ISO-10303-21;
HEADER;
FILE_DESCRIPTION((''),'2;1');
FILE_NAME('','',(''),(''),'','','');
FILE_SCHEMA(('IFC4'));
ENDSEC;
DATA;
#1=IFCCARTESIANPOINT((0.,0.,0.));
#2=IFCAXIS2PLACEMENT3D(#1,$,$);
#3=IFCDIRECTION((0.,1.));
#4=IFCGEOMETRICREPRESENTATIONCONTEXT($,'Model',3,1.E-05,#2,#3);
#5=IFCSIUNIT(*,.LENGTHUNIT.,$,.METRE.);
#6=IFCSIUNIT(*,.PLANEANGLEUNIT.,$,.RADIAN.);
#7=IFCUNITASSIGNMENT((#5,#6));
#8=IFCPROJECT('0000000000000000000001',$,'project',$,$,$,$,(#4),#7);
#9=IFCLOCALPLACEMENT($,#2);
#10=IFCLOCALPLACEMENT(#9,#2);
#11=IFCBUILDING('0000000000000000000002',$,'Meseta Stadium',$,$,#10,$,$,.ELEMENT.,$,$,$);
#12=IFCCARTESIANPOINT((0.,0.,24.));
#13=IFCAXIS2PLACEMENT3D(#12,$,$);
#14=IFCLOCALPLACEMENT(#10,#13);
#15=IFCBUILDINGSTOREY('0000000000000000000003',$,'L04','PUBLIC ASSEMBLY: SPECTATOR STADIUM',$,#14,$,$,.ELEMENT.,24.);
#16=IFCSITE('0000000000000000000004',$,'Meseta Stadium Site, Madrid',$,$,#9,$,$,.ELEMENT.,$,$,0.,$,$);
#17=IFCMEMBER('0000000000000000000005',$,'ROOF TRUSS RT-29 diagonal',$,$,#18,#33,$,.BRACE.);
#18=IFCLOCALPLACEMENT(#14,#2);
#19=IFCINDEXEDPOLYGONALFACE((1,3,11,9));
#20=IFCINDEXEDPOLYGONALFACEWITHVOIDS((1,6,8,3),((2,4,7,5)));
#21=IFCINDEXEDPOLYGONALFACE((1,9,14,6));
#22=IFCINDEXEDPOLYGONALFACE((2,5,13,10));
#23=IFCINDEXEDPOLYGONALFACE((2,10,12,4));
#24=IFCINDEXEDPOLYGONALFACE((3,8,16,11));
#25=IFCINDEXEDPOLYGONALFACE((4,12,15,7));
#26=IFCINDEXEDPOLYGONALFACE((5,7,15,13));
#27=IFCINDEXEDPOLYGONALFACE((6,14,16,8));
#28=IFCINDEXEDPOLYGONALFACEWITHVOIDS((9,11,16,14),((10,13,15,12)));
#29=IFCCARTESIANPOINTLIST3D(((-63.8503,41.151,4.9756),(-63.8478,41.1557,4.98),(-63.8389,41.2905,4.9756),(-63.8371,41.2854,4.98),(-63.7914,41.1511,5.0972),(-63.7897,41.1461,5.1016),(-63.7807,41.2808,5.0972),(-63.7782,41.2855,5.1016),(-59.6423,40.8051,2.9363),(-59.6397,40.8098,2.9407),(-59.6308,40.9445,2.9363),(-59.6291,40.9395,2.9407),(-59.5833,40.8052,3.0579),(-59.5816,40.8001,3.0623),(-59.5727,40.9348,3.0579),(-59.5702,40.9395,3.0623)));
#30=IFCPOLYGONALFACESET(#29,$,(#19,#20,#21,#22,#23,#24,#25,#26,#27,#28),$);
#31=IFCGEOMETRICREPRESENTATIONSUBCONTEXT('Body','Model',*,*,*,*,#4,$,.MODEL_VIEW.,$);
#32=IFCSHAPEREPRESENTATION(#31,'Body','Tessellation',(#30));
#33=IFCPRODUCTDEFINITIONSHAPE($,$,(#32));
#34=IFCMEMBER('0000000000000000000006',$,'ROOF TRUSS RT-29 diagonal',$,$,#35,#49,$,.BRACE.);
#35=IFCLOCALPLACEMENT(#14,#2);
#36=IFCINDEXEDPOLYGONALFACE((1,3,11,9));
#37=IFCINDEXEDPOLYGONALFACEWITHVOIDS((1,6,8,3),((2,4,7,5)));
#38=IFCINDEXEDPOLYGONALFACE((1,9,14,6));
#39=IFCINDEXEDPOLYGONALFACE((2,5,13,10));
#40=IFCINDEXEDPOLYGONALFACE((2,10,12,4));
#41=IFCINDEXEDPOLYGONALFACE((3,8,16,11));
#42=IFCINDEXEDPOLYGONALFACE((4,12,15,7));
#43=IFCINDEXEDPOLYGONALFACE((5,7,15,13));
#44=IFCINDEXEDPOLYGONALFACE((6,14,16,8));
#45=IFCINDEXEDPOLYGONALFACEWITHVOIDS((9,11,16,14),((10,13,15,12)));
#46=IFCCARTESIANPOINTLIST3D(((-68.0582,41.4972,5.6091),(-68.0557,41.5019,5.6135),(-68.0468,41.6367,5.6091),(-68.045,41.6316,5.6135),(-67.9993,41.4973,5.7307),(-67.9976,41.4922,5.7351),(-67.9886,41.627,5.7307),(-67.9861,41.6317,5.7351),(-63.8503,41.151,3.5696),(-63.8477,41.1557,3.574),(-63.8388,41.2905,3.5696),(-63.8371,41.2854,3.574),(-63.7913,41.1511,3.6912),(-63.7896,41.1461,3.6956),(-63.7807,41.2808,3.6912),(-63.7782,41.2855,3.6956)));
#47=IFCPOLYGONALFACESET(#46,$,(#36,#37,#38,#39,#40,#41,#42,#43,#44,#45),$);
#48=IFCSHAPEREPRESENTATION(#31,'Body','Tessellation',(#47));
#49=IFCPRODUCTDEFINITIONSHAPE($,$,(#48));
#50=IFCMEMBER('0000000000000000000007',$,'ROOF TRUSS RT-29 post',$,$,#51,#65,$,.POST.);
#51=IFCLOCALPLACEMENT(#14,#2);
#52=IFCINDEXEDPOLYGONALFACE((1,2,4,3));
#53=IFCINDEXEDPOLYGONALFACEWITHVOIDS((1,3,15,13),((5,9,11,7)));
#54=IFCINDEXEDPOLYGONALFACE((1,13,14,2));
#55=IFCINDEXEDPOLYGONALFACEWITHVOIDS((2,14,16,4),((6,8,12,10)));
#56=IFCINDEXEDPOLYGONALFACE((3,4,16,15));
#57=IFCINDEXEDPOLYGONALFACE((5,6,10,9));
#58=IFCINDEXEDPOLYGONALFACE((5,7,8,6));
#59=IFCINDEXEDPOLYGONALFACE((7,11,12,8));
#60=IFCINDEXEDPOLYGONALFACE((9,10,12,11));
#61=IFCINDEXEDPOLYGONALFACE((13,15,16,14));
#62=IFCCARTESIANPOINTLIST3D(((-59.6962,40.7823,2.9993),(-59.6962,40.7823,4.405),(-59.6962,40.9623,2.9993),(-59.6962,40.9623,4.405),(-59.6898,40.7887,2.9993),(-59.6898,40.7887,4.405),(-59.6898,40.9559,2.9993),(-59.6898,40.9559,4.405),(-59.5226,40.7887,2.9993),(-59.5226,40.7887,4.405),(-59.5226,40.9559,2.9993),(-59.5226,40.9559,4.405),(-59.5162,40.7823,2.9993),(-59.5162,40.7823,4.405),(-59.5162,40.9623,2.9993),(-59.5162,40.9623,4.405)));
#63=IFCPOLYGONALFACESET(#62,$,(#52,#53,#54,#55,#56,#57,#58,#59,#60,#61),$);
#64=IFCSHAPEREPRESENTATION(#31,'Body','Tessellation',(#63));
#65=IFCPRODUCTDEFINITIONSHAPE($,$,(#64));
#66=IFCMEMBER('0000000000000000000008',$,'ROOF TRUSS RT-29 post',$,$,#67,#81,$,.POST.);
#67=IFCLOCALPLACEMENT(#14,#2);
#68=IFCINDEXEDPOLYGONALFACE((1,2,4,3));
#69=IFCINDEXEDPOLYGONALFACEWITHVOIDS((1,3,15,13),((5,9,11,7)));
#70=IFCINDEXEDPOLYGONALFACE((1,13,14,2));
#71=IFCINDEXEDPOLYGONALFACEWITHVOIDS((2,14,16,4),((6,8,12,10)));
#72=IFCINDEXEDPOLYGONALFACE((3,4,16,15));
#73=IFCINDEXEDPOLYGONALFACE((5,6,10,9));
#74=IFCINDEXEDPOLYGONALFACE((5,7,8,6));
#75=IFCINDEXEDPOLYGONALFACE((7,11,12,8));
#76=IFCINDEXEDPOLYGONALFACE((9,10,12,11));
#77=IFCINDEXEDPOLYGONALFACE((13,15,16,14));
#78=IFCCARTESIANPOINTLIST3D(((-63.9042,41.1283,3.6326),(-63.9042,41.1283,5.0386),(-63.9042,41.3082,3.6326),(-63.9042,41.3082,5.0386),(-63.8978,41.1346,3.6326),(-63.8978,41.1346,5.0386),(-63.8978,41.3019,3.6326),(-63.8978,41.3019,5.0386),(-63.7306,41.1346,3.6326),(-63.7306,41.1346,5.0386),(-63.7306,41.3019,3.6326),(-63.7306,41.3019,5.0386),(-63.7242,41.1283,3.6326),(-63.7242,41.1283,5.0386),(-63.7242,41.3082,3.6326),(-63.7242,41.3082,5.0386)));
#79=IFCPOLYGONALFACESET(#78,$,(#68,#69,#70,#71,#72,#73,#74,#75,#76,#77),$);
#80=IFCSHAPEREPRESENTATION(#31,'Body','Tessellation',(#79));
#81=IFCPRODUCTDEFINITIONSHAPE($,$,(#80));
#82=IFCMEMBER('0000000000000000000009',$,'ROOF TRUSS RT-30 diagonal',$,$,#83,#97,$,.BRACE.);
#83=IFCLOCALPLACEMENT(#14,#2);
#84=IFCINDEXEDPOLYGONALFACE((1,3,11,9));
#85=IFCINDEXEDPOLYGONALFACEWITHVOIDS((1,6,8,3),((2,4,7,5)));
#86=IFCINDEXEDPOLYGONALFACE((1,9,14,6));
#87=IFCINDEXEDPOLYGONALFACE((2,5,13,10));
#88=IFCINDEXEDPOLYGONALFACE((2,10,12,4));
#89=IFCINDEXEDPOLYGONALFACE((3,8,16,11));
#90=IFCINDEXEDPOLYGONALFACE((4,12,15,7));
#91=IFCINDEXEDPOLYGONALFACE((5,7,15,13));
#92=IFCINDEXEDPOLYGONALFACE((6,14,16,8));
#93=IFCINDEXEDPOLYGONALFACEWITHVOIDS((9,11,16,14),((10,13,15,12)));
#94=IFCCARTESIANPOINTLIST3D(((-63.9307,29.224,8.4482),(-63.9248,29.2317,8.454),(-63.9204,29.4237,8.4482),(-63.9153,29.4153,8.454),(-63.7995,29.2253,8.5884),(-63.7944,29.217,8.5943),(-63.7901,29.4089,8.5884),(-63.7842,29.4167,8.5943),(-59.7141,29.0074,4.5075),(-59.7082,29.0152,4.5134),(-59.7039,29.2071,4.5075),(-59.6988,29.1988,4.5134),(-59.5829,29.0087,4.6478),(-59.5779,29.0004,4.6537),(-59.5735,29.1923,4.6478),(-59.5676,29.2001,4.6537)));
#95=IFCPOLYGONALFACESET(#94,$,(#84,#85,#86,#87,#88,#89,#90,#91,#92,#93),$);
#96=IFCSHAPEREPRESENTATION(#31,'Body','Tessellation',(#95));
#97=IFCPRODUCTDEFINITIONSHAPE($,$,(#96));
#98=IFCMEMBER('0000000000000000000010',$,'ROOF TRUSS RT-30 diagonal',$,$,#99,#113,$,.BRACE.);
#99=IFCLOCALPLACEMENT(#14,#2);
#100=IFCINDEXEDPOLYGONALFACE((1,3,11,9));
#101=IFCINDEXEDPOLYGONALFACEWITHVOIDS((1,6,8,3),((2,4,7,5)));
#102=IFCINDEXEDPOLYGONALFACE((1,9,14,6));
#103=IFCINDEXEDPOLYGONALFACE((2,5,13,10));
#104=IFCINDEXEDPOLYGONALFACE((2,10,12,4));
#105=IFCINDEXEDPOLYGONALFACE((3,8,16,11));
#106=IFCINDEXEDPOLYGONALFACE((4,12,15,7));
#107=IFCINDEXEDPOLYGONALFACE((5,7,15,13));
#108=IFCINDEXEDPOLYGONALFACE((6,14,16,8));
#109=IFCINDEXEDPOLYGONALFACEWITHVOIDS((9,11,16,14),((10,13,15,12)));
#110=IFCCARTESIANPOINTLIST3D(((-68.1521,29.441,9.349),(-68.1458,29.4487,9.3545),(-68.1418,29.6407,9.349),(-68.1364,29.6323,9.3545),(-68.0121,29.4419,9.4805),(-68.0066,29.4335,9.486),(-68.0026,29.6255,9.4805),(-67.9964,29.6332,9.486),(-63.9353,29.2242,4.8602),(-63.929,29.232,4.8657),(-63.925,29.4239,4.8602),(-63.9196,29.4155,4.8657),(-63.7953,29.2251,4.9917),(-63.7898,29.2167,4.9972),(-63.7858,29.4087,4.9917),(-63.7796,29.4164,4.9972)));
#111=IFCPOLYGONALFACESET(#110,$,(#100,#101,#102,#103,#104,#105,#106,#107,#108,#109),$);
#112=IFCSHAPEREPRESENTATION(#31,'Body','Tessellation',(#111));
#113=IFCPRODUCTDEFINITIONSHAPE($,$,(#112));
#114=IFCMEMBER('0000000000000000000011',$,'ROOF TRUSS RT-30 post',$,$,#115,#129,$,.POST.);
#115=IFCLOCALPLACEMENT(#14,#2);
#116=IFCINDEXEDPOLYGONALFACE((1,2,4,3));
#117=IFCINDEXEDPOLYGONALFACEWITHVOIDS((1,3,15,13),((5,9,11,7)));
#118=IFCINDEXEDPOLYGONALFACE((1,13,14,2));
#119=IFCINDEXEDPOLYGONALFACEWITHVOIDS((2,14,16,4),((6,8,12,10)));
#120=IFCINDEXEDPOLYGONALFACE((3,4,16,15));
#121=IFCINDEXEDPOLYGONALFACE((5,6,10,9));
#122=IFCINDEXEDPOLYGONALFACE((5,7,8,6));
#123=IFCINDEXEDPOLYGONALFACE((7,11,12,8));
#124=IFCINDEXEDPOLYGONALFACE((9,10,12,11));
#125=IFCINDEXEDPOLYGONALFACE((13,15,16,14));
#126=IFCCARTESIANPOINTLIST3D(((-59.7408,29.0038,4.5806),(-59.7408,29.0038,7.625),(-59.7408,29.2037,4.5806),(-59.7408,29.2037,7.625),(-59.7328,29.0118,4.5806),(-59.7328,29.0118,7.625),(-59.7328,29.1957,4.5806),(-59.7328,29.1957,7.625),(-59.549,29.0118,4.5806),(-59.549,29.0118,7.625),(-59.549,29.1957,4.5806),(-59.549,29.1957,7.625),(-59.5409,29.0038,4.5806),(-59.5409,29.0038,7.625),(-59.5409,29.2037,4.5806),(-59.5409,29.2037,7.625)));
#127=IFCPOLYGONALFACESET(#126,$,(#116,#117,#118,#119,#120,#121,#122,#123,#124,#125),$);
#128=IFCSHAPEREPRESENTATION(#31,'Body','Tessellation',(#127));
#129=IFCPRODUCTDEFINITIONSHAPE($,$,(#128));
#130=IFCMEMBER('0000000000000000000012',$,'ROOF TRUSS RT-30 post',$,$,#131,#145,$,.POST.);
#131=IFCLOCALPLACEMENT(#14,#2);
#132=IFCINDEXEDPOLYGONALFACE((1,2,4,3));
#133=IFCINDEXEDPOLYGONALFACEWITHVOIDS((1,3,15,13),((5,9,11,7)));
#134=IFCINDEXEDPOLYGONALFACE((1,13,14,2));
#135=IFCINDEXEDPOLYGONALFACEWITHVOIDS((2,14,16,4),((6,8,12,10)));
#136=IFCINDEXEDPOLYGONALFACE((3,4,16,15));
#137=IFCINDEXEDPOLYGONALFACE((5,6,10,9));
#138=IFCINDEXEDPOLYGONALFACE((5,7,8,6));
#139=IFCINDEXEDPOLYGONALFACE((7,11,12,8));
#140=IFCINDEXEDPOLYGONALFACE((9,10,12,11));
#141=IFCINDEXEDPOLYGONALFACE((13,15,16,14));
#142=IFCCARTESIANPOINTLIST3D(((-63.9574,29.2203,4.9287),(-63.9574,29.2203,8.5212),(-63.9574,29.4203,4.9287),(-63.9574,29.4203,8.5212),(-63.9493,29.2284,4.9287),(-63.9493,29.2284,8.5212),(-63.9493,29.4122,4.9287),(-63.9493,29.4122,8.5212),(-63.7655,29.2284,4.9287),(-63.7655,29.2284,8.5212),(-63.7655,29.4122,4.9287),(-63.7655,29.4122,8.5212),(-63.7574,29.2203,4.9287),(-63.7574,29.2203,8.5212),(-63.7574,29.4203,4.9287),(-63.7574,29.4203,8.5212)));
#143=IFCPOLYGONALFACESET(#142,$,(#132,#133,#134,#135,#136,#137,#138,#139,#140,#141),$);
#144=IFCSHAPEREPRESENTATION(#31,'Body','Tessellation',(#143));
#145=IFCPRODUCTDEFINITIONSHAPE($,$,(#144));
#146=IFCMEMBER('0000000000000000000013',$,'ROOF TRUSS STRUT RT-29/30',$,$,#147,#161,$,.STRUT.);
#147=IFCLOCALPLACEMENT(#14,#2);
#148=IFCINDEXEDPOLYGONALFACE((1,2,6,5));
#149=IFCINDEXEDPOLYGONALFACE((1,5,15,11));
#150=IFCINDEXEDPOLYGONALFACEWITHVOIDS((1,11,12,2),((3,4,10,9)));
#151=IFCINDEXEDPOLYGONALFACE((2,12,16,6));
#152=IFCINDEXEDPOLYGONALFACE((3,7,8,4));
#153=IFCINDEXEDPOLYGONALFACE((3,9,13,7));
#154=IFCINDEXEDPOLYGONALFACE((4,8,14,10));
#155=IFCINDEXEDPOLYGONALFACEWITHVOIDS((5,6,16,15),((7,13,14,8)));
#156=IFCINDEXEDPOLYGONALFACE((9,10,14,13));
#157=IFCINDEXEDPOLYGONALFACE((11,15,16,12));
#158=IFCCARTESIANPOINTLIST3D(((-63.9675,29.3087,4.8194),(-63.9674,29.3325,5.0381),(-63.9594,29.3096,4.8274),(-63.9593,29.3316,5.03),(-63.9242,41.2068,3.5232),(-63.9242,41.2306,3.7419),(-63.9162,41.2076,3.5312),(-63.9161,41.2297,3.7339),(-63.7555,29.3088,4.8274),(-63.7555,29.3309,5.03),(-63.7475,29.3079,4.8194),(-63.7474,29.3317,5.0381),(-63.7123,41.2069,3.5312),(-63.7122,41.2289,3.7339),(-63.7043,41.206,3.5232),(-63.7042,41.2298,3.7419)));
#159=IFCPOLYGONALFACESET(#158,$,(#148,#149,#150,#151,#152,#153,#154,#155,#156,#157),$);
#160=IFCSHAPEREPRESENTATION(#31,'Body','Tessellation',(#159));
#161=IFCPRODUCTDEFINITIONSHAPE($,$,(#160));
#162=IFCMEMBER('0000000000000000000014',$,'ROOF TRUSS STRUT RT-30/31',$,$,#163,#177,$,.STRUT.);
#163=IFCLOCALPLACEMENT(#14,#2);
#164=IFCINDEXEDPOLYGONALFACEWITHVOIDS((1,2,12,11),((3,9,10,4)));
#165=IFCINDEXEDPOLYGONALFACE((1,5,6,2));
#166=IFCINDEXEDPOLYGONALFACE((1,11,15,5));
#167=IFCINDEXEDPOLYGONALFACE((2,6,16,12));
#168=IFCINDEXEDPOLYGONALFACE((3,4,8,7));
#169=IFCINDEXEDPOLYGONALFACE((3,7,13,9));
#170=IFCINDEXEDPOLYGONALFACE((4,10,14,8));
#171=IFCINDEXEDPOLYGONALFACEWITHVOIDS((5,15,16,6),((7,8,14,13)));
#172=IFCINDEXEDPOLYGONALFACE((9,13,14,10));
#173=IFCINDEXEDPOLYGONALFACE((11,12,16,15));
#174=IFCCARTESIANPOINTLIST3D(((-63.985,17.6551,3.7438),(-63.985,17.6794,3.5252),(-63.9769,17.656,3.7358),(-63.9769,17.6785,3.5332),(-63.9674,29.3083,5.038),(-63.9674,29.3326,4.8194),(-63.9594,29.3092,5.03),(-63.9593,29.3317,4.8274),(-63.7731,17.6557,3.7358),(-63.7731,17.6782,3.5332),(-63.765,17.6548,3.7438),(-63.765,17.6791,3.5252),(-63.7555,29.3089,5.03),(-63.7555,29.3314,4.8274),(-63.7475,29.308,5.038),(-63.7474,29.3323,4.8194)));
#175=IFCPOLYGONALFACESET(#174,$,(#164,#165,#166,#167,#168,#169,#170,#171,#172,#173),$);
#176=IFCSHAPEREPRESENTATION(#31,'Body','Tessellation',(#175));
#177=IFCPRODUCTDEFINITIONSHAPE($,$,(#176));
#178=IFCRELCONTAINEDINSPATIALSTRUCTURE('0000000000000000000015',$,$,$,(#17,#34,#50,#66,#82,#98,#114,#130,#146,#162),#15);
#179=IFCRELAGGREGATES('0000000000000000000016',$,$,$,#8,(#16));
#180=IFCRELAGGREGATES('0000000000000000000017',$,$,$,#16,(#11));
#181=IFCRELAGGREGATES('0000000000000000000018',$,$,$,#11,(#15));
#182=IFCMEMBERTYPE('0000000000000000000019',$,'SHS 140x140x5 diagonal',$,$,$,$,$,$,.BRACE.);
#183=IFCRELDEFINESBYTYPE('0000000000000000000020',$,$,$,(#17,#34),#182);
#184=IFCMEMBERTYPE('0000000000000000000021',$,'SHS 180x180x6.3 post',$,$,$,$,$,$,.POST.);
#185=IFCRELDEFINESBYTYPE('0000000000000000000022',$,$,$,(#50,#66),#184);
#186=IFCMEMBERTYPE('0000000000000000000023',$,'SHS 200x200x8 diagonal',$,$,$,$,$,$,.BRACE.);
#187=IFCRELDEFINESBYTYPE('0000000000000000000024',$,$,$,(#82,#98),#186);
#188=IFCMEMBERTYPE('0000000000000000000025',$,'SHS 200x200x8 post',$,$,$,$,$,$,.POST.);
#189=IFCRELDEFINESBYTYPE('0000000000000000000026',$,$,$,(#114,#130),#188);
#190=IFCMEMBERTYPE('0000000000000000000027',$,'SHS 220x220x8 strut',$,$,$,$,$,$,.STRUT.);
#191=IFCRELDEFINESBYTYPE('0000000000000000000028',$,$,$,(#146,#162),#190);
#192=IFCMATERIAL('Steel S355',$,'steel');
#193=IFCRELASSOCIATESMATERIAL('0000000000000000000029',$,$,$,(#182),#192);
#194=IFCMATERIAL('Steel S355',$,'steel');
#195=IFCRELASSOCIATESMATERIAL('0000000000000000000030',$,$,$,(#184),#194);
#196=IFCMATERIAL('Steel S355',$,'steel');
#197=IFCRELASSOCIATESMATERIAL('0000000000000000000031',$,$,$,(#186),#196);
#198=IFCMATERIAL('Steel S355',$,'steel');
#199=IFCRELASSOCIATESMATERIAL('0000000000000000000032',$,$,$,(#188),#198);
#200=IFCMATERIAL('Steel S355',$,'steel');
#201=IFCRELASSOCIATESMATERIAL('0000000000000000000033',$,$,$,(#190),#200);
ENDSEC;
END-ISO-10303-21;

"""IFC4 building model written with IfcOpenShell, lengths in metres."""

from ifc_helpers import new_model, si_unit, direction, frame, origin, origin_2d, place, context, subcontext, project, spatial, hollow_rectangle, extrude, material, material_profile, profile_set, type_object, element, save


model = new_model("IFC4")

# Units and contexts
model_context = context("Model", 3, precision=1e-05, world=origin(), true_north=direction((0.0, 1.0)))
body_context = subcontext(model_context, "Body", "Model", "MODEL_VIEW")
ifc_project = project(units=[si_unit("LENGTHUNIT", "METRE"), si_unit("PLANEANGLEUNIT", "RADIAN")], contexts=[model_context])

# Site, building, storey
site_placement = place(None, origin())
site = spatial("IfcSite", under=ifc_project, at=site_placement, Name="Meseta Stadium Site, Madrid", CompositionType="ELEMENT", RefElevation=0.0)
building_placement = place(site_placement, origin())
building = spatial("IfcBuilding", under=site, at=building_placement, Name="Meseta Stadium", CompositionType="ELEMENT")
storey_placement = place(building_placement, frame((0.0, 0.0, 24.0)))
storey = spatial("IfcBuildingStorey", under=building, at=storey_placement, Name="L04", Description="PUBLIC ASSEMBLY: SPECTATOR STADIUM", CompositionType="ELEMENT", Elevation=24.0)

# Members
ifc_material_1 = material(Name="Steel S355", Category="steel")
ifc_material_profile_1 = material_profile(ifc_material_1, hollow_rectangle(XDim=0.1399, YDim=0.1399, WallThickness=0.0049, at=origin_2d()), Name="SHS 140x140x5")
ifc_profile_set_1 = profile_set([ifc_material_profile_1], Name="Steel S355")
member_type_1 = type_object("IfcMemberType", Name="SHS 140x140x5 diagonal", PredefinedType="BRACE", material=ifc_profile_set_1)
for number, where, z_axis, x_axis, name in (
    (1, (-59.6062, 40.8723, 2.9993), (-0.89744, 0.07378, 0.434922), (-0.081935, -0.996638, 0.0), "ROOF TRUSS RT-29 diagonal"),
    (2, (-63.8142, 41.2183, 3.6326), (-0.897417, 0.07383, 0.434963), (-0.081993, -0.996633, 0.0), "ROOF TRUSS RT-29 diagonal"),
):
    element("IfcMember", number, at=place(storey_placement, frame(where, z_axis=z_axis, x_axis=x_axis)), inside=storey, type_object=member_type_1, Name=name, PredefinedType="BRACE", context=body_context, shape_type="SweptSolid", body=[
        extrude(hollow_rectangle(XDim=0.1399, YDim=0.1399, WallThickness=0.0049, at=origin_2d()), origin(), (0.0, 0.0, 1.0), 4.689),
    ])
ifc_material_2 = material(Name="Steel S355", Category="steel")
ifc_material_profile_2 = material_profile(ifc_material_2, hollow_rectangle(XDim=0.1799, YDim=0.1799, WallThickness=0.0063, at=origin_2d()), Name="SHS 180x180x6.3")
ifc_profile_set_2 = profile_set([ifc_material_profile_2], Name="Steel S355")
member_type_2 = type_object("IfcMemberType", Name="SHS 180x180x6.3 post", PredefinedType="POST", material=ifc_profile_set_2)
member_1_placement = place(storey_placement, frame((-59.6062, 40.8723, 2.9993), z_axis=(0.0, 0.0, 1.0), x_axis=(1.0, 0.0, 0.0)))
element("IfcMember", 3, at=member_1_placement, inside=storey, type_object=member_type_2, Name="ROOF TRUSS RT-29 post", PredefinedType="POST", context=body_context, shape_type="SweptSolid", body=[
    extrude(hollow_rectangle(XDim=0.1799, YDim=0.1799, WallThickness=0.0063, at=origin_2d()), origin(), (0.0, 0.0, 1.0), 1.4058),
])
member_2_placement = place(storey_placement, frame((-63.8142, 41.2183, 3.6326), z_axis=(0.0, 0.0, 1.0), x_axis=(1.0, 0.0, 0.0)))
element("IfcMember", 4, at=member_2_placement, inside=storey, type_object=member_type_2, Name="ROOF TRUSS RT-29 post", PredefinedType="POST", context=body_context, shape_type="SweptSolid", body=[
    extrude(hollow_rectangle(XDim=0.1799, YDim=0.1799, WallThickness=0.0063, at=origin_2d()), origin(), (0.0, 0.0, 1.0), 1.406),
])
ifc_material_3 = material(Name="Steel S355", Category="steel")
ifc_material_profile_3 = material_profile(ifc_material_3, hollow_rectangle(XDim=0.2, YDim=0.2, WallThickness=0.0081, at=origin_2d()), Name="SHS 200x200x8")
ifc_profile_set_3 = profile_set([ifc_material_profile_3], Name="Steel S355")
member_type_3 = type_object("IfcMemberType", Name="SHS 200x200x8 diagonal", PredefinedType="BRACE", material=ifc_profile_set_3)
member_3_placement = place(storey_placement, frame((-59.6409, 29.1038, 4.5806), z_axis=(-0.73009, 0.037496, 0.682322), x_axis=(-0.05129, -0.998684, 0.0)))
element("IfcMember", 5, at=member_3_placement, inside=storey, type_object=member_type_3, Name="ROOF TRUSS RT-30 diagonal", PredefinedType="BRACE", context=body_context, shape_type="SweptSolid", body=[
    extrude(hollow_rectangle(XDim=0.2, YDim=0.2, WallThickness=0.0081, at=origin_2d()), origin(), (0.0, 0.0, 1.0), 5.7754),
])
member_4_placement = place(storey_placement, frame((-63.8574, 29.3203, 4.9287), z_axis=(-0.684258, 0.03518, 0.728391), x_axis=(-0.051345, -0.998681, 0.0)))
element("IfcMember", 6, at=member_4_placement, inside=storey, type_object=member_type_3, Name="ROOF TRUSS RT-30 diagonal", PredefinedType="BRACE", context=body_context, shape_type="SweptSolid", body=[
    extrude(hollow_rectangle(XDim=0.2, YDim=0.2, WallThickness=0.0081, at=origin_2d()), origin(), (0.0, 0.0, 1.0), 6.1626),
])
ifc_material_4 = material(Name="Steel S355", Category="steel")
ifc_material_profile_4 = material_profile(ifc_material_4, hollow_rectangle(XDim=0.2, YDim=0.2, WallThickness=0.0081, at=origin_2d()), Name="SHS 200x200x8")
ifc_profile_set_4 = profile_set([ifc_material_profile_4], Name="Steel S355")
member_type_4 = type_object("IfcMemberType", Name="SHS 200x200x8 post", PredefinedType="POST", material=ifc_profile_set_4)
member_5_placement = place(storey_placement, frame((-59.6409, 29.1038, 4.5806), z_axis=(0.0, 0.0, 1.0), x_axis=(1.0, 0.0, 0.0)))
element("IfcMember", 7, at=member_5_placement, inside=storey, type_object=member_type_4, Name="ROOF TRUSS RT-30 post", PredefinedType="POST", context=body_context, shape_type="SweptSolid", body=[
    extrude(hollow_rectangle(XDim=0.2, YDim=0.2, WallThickness=0.0081, at=origin_2d()), origin(), (0.0, 0.0, 1.0), 3.0444),
])
member_6_placement = place(storey_placement, frame((-63.8574, 29.3203, 4.9287), z_axis=(0.0, 0.0, 1.0), x_axis=(1.0, 0.0, 0.0)))
element("IfcMember", 8, at=member_6_placement, inside=storey, type_object=member_type_4, Name="ROOF TRUSS RT-30 post", PredefinedType="POST", context=body_context, shape_type="SweptSolid", body=[
    extrude(hollow_rectangle(XDim=0.2, YDim=0.2, WallThickness=0.0081, at=origin_2d()), origin(), (0.0, 0.0, 1.0), 3.5925),
])
ifc_material_5 = material(Name="Steel S355", Category="steel")
ifc_material_profile_5 = material_profile(ifc_material_5, hollow_rectangle(XDim=0.22, YDim=0.22, WallThickness=0.0081, at=origin_2d()), Name="SHS 220x220x8")
ifc_profile_set_5 = profile_set([ifc_material_profile_5], Name="Steel S355")
member_type_5 = type_object("IfcMemberType", Name="SHS 220x220x8 strut", PredefinedType="STRUT", material=ifc_profile_set_5)
member_7_placement = place(storey_placement, frame((-63.8142, 41.2183, 3.6326), z_axis=(-0.003611, -0.994112, 0.108297), x_axis=(0.999993, -0.003632, 0.0)))
element("IfcMember", 9, at=member_7_placement, inside=storey, type_object=member_type_5, Name="ROOF TRUSS STRUT RT-29/30", PredefinedType="STRUT", context=body_context, shape_type="SweptSolid", body=[
    extrude(hollow_rectangle(XDim=0.22, YDim=0.22, WallThickness=0.0081, at=origin_2d()), origin(), (0.0, 0.0, 1.0), 11.9685),
])
member_8_placement = place(storey_placement, frame((-63.8574, 29.3203, 4.9287), z_axis=(-0.001499, -0.993888, -0.110381), x_axis=(0.999999, -0.001508, 0.0)))
element("IfcMember", 10, at=member_8_placement, inside=storey, type_object=member_type_5, Name="ROOF TRUSS STRUT RT-30/31", PredefinedType="STRUT", context=body_context, shape_type="SweptSolid", body=[
    extrude(hollow_rectangle(XDim=0.22, YDim=0.22, WallThickness=0.0081, at=origin_2d()), origin(), (0.0, 0.0, 1.0), 11.7249),
])

save(model, "model.ifc")
